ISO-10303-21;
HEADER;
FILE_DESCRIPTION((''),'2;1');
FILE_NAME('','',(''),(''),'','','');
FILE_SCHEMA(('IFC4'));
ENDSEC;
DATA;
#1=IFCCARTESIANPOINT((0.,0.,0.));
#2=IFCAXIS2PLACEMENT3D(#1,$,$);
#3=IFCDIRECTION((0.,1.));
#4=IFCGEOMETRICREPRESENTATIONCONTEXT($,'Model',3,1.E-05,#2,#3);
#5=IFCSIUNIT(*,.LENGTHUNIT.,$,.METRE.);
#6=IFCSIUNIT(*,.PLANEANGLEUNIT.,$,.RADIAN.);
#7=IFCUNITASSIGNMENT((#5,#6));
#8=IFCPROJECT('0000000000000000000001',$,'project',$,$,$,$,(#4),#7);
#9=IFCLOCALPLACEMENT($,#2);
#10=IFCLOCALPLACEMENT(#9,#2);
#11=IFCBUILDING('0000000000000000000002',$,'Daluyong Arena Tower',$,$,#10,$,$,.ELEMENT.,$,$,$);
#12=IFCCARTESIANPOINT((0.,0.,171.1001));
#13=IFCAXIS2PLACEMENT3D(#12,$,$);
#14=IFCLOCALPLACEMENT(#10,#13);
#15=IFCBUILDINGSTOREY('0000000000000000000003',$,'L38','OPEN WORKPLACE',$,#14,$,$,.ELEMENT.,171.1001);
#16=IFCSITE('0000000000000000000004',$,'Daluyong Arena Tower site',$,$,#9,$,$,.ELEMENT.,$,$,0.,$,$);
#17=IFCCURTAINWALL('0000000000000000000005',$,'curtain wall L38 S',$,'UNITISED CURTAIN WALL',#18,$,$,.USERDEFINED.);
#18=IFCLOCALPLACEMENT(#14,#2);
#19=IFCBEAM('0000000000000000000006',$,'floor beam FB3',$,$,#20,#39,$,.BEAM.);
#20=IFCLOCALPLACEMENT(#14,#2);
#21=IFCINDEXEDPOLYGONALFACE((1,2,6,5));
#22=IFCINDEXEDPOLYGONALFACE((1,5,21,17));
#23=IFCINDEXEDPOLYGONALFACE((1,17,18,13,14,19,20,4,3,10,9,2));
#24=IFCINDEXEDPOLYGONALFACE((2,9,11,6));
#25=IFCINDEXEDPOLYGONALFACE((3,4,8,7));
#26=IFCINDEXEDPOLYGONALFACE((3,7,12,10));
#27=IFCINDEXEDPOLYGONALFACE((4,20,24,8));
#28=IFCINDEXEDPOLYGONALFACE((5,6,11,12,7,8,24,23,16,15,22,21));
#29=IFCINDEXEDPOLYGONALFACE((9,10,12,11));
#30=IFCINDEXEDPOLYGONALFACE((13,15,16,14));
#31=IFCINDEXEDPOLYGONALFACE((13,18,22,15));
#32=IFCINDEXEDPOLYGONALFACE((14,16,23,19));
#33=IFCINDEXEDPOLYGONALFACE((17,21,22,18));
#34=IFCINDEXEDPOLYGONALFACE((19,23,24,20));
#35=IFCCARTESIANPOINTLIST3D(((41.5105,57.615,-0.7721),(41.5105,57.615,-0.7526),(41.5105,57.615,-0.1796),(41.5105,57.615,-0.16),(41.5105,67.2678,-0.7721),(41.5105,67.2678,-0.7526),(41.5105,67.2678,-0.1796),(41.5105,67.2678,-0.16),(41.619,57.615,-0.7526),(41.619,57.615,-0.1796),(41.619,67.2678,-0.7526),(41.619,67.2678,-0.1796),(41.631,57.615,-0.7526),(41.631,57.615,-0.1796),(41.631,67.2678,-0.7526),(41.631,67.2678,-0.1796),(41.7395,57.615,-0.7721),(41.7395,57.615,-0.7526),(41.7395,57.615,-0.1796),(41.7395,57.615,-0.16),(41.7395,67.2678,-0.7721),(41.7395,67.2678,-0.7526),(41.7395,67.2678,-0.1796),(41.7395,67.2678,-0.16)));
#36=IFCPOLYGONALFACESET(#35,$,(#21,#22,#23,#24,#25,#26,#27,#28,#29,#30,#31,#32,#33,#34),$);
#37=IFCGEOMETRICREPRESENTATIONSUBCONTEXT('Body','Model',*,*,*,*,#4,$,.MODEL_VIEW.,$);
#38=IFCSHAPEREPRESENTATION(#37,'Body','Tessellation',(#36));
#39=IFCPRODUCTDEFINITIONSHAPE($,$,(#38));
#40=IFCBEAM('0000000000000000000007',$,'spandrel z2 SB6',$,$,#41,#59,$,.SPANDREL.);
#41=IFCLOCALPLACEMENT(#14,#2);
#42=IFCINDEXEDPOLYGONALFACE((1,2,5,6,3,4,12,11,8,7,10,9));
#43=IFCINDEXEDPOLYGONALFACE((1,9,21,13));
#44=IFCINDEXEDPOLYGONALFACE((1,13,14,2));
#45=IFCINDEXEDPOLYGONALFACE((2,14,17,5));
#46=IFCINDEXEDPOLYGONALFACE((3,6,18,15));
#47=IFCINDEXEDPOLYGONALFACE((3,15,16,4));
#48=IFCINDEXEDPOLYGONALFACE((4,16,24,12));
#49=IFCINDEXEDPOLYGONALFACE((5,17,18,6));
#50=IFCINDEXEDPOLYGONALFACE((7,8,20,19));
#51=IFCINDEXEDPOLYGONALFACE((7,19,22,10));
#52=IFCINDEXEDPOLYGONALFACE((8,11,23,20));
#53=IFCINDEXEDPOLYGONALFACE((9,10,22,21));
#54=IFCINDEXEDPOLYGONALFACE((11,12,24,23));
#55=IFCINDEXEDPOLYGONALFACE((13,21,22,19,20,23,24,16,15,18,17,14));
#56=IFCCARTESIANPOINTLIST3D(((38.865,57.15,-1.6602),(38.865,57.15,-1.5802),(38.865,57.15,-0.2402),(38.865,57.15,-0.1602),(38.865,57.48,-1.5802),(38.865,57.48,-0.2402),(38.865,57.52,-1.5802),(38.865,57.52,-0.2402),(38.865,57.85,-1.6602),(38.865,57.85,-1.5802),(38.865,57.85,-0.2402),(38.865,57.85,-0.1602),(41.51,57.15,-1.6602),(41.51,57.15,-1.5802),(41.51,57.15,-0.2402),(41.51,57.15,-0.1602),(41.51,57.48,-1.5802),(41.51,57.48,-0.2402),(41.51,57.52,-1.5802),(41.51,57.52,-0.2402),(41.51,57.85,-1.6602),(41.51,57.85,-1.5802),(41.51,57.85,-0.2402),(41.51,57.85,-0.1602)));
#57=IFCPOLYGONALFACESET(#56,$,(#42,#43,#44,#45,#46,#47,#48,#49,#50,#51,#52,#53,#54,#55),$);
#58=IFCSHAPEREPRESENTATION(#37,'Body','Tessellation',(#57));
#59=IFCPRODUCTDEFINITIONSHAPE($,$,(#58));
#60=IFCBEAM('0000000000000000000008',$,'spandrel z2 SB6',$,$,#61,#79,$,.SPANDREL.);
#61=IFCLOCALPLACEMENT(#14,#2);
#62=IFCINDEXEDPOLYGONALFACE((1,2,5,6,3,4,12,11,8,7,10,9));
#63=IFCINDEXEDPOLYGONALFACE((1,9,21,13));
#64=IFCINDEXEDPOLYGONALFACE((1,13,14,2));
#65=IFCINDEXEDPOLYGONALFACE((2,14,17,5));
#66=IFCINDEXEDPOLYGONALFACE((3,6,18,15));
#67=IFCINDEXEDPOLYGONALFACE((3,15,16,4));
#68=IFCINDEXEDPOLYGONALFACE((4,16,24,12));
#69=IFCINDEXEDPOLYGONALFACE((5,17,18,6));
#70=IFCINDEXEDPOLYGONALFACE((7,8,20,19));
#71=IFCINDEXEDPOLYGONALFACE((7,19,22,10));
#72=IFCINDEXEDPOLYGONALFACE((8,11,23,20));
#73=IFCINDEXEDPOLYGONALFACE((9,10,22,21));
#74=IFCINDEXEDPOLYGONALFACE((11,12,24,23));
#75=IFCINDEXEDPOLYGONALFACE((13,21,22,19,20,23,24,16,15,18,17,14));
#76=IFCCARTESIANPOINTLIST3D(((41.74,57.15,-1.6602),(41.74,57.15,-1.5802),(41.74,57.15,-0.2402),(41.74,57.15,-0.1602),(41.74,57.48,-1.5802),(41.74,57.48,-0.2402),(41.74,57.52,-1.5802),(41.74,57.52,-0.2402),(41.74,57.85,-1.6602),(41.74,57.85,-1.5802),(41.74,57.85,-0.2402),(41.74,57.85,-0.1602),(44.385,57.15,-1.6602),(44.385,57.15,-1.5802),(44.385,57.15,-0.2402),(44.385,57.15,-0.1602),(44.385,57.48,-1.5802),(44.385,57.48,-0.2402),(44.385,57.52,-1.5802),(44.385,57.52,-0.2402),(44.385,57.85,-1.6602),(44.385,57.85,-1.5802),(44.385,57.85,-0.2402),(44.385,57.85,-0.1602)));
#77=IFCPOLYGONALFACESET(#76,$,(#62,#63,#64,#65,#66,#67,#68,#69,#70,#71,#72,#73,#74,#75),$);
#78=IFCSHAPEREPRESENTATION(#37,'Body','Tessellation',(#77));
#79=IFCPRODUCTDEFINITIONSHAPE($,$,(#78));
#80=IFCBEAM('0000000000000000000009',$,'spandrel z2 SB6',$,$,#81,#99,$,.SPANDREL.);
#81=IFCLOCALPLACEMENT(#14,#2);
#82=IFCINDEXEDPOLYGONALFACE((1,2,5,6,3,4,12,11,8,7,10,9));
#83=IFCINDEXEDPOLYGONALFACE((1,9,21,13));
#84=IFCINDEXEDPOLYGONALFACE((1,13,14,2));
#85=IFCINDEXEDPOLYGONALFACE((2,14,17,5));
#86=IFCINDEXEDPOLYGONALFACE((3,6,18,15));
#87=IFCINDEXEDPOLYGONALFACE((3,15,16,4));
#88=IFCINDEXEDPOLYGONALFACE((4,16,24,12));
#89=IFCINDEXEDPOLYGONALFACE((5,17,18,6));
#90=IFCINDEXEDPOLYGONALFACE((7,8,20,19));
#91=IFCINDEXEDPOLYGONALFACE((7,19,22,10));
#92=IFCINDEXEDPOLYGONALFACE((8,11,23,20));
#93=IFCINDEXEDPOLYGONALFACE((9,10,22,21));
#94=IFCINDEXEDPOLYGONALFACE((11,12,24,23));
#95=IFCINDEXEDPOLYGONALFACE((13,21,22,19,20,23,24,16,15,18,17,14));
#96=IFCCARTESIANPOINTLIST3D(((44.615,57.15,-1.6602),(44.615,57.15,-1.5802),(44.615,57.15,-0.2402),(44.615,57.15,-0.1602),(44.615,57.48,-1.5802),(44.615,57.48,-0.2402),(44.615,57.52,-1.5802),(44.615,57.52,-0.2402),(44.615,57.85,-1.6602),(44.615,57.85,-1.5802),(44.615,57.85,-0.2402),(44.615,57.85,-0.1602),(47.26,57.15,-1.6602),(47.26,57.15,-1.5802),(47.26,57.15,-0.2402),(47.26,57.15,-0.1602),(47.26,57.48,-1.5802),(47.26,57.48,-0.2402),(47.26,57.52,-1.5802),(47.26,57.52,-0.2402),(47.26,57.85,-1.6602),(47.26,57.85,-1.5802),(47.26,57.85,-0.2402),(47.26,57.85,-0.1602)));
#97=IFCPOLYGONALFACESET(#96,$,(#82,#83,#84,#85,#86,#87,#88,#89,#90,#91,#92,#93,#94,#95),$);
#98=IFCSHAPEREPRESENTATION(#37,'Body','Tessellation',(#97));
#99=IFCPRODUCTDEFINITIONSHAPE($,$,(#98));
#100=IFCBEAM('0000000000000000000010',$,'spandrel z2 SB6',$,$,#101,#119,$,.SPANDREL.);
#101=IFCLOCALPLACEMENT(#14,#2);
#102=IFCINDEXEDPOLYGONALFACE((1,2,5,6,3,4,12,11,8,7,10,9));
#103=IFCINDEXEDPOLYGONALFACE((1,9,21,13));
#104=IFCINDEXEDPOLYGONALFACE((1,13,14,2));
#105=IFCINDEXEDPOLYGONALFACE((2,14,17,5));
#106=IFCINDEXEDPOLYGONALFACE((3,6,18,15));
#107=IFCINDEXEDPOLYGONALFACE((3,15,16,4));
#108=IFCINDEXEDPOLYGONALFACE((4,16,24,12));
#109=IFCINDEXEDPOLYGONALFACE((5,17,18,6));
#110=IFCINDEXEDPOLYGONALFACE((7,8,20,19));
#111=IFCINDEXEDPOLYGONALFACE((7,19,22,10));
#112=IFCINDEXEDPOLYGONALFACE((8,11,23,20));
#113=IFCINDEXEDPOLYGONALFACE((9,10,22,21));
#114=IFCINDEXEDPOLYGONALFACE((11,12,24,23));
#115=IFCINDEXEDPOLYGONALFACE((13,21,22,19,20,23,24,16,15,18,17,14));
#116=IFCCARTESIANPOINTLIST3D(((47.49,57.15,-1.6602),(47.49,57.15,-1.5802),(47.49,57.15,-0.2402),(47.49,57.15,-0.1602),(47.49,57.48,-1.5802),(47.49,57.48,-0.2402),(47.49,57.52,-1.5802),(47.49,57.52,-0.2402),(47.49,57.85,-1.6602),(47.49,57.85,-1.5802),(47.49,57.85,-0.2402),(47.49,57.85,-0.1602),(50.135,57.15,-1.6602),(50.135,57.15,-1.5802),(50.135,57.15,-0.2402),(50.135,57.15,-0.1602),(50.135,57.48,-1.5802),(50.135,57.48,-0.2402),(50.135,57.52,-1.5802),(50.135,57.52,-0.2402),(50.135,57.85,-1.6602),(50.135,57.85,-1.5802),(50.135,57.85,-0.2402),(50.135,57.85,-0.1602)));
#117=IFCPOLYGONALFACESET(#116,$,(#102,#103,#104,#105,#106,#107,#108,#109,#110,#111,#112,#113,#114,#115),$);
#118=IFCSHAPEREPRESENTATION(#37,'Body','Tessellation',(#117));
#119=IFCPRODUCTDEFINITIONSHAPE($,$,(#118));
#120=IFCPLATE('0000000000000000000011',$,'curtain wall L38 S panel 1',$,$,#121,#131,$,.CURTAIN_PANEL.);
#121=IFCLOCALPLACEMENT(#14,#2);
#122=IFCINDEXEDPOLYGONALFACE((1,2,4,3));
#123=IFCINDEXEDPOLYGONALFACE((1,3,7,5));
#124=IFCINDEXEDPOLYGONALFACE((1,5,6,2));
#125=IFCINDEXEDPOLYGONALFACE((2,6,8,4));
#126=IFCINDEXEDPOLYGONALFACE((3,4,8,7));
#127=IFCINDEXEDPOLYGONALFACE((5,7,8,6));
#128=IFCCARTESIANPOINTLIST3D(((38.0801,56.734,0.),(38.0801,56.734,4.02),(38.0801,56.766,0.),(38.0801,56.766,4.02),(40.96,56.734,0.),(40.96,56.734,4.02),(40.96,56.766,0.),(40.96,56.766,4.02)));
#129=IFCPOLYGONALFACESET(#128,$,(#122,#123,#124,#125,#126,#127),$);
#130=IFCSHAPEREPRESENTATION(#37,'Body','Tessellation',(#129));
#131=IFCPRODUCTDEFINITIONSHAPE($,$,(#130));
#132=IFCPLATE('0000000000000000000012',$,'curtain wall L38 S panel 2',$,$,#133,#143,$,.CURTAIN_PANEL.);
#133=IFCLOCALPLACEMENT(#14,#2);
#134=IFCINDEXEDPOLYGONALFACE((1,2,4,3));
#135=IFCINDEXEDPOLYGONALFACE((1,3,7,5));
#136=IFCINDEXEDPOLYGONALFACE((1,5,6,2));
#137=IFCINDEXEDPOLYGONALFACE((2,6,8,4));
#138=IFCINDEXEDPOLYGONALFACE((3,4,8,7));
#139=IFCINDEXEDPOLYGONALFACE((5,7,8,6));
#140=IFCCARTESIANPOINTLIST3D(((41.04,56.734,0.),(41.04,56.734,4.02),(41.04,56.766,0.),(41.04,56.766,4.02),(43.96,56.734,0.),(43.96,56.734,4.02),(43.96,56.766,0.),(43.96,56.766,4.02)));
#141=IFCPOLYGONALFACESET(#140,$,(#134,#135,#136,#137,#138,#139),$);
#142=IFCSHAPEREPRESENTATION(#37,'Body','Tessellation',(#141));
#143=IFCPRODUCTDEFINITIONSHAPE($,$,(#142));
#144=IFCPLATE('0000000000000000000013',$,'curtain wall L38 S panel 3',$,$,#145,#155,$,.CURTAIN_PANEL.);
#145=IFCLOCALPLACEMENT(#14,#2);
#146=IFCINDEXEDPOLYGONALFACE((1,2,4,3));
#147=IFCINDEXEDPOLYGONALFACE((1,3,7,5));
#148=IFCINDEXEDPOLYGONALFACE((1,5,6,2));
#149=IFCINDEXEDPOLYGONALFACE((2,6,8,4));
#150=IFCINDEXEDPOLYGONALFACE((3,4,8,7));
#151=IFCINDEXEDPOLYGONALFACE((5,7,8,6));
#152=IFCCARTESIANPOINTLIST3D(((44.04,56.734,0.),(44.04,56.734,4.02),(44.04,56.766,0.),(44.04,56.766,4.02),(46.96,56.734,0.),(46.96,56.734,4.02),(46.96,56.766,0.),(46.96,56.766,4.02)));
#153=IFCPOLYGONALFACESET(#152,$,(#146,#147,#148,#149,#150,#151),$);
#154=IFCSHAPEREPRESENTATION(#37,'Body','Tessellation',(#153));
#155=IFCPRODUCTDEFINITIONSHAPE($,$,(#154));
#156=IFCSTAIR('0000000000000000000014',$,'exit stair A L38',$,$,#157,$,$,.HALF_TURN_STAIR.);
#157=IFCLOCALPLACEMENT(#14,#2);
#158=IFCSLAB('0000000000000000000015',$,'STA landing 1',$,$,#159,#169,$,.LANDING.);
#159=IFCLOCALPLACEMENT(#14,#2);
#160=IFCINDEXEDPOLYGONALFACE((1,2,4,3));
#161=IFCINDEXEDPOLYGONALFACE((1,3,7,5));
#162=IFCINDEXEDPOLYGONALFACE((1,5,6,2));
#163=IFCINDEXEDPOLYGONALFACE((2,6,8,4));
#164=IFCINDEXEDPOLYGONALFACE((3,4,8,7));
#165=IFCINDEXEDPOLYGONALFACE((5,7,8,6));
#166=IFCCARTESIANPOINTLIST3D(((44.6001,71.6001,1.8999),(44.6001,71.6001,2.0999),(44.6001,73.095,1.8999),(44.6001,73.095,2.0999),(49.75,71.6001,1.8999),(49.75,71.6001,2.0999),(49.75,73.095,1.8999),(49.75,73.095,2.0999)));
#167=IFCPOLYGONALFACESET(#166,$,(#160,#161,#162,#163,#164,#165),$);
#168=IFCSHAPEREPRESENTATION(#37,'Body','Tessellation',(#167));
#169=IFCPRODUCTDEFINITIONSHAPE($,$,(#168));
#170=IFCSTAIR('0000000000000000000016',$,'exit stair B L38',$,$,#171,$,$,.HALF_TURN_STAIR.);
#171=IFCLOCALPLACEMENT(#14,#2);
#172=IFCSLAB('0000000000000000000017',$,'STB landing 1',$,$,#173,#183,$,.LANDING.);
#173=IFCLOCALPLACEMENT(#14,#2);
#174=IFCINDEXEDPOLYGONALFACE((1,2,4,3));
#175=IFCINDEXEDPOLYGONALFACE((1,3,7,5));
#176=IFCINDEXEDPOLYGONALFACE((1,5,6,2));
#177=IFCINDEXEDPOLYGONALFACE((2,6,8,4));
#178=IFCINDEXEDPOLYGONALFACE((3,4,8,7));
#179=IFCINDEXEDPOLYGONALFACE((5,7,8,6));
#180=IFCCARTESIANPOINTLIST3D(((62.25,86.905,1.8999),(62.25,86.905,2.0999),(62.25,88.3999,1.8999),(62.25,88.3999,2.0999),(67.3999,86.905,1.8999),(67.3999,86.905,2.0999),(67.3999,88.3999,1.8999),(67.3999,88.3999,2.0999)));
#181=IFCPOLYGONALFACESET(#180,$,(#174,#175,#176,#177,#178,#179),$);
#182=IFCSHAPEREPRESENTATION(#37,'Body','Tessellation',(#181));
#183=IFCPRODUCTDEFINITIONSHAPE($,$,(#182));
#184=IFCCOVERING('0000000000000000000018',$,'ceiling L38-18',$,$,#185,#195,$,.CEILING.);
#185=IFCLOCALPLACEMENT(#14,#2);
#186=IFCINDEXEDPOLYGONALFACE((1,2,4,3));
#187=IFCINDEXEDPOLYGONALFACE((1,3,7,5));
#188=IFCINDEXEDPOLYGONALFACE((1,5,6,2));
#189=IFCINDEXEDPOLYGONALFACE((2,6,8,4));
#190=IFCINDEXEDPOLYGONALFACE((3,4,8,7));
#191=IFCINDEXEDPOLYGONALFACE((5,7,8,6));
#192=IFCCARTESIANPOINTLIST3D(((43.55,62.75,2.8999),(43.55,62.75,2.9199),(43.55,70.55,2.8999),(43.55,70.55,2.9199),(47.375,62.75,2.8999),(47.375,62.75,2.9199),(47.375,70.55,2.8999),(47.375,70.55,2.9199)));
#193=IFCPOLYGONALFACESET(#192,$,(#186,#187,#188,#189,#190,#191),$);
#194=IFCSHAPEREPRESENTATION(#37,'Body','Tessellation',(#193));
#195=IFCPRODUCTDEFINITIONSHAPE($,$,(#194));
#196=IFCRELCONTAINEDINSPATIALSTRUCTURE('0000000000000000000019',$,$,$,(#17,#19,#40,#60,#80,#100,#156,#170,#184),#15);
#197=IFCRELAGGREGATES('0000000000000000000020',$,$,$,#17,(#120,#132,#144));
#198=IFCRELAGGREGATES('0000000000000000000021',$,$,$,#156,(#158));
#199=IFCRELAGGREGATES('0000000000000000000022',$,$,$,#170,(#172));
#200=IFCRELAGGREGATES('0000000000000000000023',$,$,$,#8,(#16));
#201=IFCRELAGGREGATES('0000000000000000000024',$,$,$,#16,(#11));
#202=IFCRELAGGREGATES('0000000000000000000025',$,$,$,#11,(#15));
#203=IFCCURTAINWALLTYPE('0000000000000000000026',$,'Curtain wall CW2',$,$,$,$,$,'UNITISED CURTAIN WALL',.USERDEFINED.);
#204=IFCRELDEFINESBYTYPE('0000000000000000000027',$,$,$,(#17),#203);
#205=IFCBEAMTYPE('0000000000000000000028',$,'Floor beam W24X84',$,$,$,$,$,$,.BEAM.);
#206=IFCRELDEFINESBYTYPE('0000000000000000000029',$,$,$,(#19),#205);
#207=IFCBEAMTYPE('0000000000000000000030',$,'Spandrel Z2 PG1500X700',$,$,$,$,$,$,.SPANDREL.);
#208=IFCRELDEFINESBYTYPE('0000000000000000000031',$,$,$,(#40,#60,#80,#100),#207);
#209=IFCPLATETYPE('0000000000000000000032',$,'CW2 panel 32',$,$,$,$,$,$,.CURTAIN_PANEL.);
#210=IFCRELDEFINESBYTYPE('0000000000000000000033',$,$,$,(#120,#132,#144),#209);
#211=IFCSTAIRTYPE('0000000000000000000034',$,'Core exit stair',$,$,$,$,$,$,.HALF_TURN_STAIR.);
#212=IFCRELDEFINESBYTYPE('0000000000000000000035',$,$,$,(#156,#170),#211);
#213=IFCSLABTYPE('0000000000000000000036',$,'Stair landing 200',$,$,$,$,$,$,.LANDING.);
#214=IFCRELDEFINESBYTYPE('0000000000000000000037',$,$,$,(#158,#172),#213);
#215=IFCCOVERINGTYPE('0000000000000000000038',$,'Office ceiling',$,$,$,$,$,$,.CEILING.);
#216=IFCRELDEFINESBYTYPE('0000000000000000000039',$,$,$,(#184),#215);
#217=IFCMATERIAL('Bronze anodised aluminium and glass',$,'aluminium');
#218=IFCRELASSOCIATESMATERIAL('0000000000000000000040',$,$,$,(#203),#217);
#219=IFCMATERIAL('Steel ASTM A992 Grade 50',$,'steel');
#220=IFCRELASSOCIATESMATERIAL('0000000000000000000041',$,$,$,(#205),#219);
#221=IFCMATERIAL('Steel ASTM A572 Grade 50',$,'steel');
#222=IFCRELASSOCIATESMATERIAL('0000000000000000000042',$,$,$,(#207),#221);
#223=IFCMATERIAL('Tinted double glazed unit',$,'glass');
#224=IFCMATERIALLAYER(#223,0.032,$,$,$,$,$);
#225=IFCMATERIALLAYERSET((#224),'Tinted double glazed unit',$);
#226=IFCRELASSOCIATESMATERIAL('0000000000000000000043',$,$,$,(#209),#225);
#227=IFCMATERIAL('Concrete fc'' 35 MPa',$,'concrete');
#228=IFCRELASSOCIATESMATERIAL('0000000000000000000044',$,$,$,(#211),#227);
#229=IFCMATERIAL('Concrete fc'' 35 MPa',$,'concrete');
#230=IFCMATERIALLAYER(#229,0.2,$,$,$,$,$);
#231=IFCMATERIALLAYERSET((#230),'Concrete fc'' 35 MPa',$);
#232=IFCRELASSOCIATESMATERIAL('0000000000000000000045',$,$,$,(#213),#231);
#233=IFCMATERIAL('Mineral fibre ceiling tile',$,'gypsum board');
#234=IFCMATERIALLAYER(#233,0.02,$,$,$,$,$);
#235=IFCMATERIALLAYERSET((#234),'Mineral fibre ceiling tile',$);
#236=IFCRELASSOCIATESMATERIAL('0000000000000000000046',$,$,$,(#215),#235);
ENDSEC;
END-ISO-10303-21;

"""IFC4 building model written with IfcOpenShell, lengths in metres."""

from ifc_helpers import new_model, si_unit, direction, frame, origin, origin_2d, place, context, subcontext, project, spatial, polyline, rectangle, i_section, outline, extrude, material, layer, layer_set, material_profile, profile_set, type_object, element, aggregate, save


model = new_model("IFC4")

# Units and contexts
model_context = context("Model", 3, precision=1e-05, world=origin(), true_north=direction((0.0, 1.0)))
body_context = subcontext(model_context, "Body", "Model", "MODEL_VIEW")
ifc_project = project(units=[si_unit("LENGTHUNIT", "METRE"), si_unit("PLANEANGLEUNIT", "RADIAN")], contexts=[model_context])

# Site, building, storey
site_placement = place(None, origin())
site = spatial("IfcSite", under=ifc_project, at=site_placement, Name="Daluyong Arena Tower site", CompositionType="ELEMENT", RefElevation=0.0)
building_placement = place(site_placement, origin())
building = spatial("IfcBuilding", under=site, at=building_placement, Name="Daluyong Arena Tower", CompositionType="ELEMENT")
storey_placement = place(building_placement, frame((0.0, 0.0, 171.1001)))
storey = spatial("IfcBuildingStorey", under=building, at=storey_placement, Name="L38", Description="OPEN WORKPLACE", CompositionType="ELEMENT", Elevation=171.1001)

# Curtain wall
ifc_material_1 = material(Name="Bronze anodised aluminium and glass", Category="aluminium")
curtain_wall_type_1 = type_object("IfcCurtainWallType", Name="Curtain wall CW2", ElementType="UNITISED CURTAIN WALL", PredefinedType="USERDEFINED", material=ifc_material_1)
curtain_wall_1_placement = place(storey_placement, origin())
curtain_wall_1 = element("IfcCurtainWall", 1, at=curtain_wall_1_placement, inside=storey, type_object=curtain_wall_type_1, Name="curtain wall L38 S", ObjectType="UNITISED CURTAIN WALL", PredefinedType="USERDEFINED")

# Beams
ifc_material_2 = material(Name="Steel ASTM A992 Grade 50", Category="steel")
ifc_material_profile_1 = material_profile(ifc_material_2, i_section(OverallWidth=0.229, OverallDepth=0.6121, WebThickness=0.012, FlangeThickness=0.0195, at=origin_2d()))
ifc_profile_set_1 = profile_set([ifc_material_profile_1], Name="Steel ASTM A992 Grade 50")
beam_type_1 = type_object("IfcBeamType", Name="Floor beam W24X84", PredefinedType="BEAM", material=ifc_profile_set_1)
beam_placement = place(storey_placement, frame((41.625, 57.615, -0.4661), z_axis=(0.0, 1.0, 0.0), x_axis=(-1.0, 0.0, 0.0)))
element("IfcBeam", 2, at=beam_placement, inside=storey, type_object=beam_type_1, Name="floor beam FB3", PredefinedType="BEAM", context=body_context, shape_type="SweptSolid", body=[
    extrude(i_section(OverallWidth=0.229, OverallDepth=0.6121, WebThickness=0.012, FlangeThickness=0.0195, at=origin_2d()), origin(), (0.0, 0.0, 1.0), 9.6528),
])
ifc_material_3 = material(Name="Steel ASTM A572 Grade 50", Category="steel")
ifc_material_profile_2 = material_profile(ifc_material_3, i_section(OverallWidth=0.7, OverallDepth=1.5, WebThickness=0.04, FlangeThickness=0.08, at=origin_2d()))
ifc_profile_set_2 = profile_set([ifc_material_profile_2], Name="Steel ASTM A572 Grade 50")
beam_type_2 = type_object("IfcBeamType", Name="Spandrel Z2 PG1500X700", PredefinedType="SPANDREL", material=ifc_profile_set_2)
for number, where, z_axis, x_axis, name in (
    (3, (38.865, 57.5, -0.9102), (1.0, 0.0, 0.0), (0.0, 1.0, 0.0), "spandrel z2 SB6"),
    (4, (41.74, 57.5, -0.9102), (1.0, 0.0, 0.0), (0.0, 1.0, 0.0), "spandrel z2 SB6"),
    (5, (44.615, 57.5, -0.9102), (1.0, 0.0, 0.0), (0.0, 1.0, 0.0), "spandrel z2 SB6"),
    (6, (47.49, 57.5, -0.9102), (1.0, 0.0, 0.0), (0.0, 1.0, 0.0), "spandrel z2 SB6"),
):
    element("IfcBeam", number, at=place(storey_placement, frame(where, z_axis=z_axis, x_axis=x_axis)), inside=storey, type_object=beam_type_2, Name=name, PredefinedType="SPANDREL", context=body_context, shape_type="SweptSolid", body=[
        extrude(i_section(OverallWidth=0.7, OverallDepth=1.5, WebThickness=0.04, FlangeThickness=0.08, at=origin_2d()), origin(), (0.0, 0.0, 1.0), 2.645),
    ])

# Plates
ifc_material_4 = material(Name="Tinted double glazed unit", Category="glass")
ifc_layer_1 = layer(ifc_material_4, 0.032)
ifc_layer_set_1 = layer_set([ifc_layer_1], Name="Tinted double glazed unit")
plate_type = type_object("IfcPlateType", Name="CW2 panel 32", PredefinedType="CURTAIN_PANEL", material=ifc_layer_set_1)
plate_1_placement = place(storey_placement, frame((39.52, 56.75, 0.0), z_axis=(0.0, 0.0, 1.0), x_axis=(1.0, 0.0, 0.0)))
plate_1 = element("IfcPlate", 7, at=plate_1_placement, type_object=plate_type, Name="curtain wall L38 S panel 1", PredefinedType="CURTAIN_PANEL", context=body_context, shape_type="SweptSolid", body=[
    extrude(rectangle(XDim=2.8799, YDim=0.032, at=origin_2d()), origin(), (0.0, 0.0, 1.0), 4.02),
])
plate_2_placement = place(storey_placement, frame((42.5, 56.75, 0.0), z_axis=(0.0, 0.0, 1.0), x_axis=(1.0, 0.0, 0.0)))
plate_2 = element("IfcPlate", 8, at=plate_2_placement, type_object=plate_type, Name="curtain wall L38 S panel 2", PredefinedType="CURTAIN_PANEL", context=body_context, shape_type="SweptSolid", body=[
    extrude(rectangle(XDim=2.9199, YDim=0.032, at=origin_2d()), origin(), (0.0, 0.0, 1.0), 4.02),
])
plate_3_placement = place(storey_placement, frame((45.5, 56.75, 0.0), z_axis=(0.0, 0.0, 1.0), x_axis=(1.0, 0.0, 0.0)))
plate_3 = element("IfcPlate", 9, at=plate_3_placement, type_object=plate_type, Name="curtain wall L38 S panel 3", PredefinedType="CURTAIN_PANEL", context=body_context, shape_type="SweptSolid", body=[
    extrude(rectangle(XDim=2.9199, YDim=0.032, at=origin_2d()), origin(), (0.0, 0.0, 1.0), 4.02),
])
aggregate(curtain_wall_1, [plate_1, plate_2, plate_3])

# Stairs, slabs
ifc_material_5 = material(Name="Concrete fc' 35 MPa", Category="concrete")
stair_type = type_object("IfcStairType", Name="Core exit stair", PredefinedType="HALF_TURN_STAIR", material=ifc_material_5)
stair_1_placement = place(storey_placement, origin())
stair_1 = element("IfcStair", 10, at=stair_1_placement, inside=storey, type_object=stair_type, Name="exit stair A L38", PredefinedType="HALF_TURN_STAIR")
ifc_material_6 = material(Name="Concrete fc' 35 MPa", Category="concrete")
ifc_layer_2 = layer(ifc_material_6, 0.2)
ifc_layer_set_2 = layer_set([ifc_layer_2], Name="Concrete fc' 35 MPa")
slab_type = type_object("IfcSlabType", Name="Stair landing 200", PredefinedType="LANDING", material=ifc_layer_set_2)
slab_1_placement = place(storey_placement, frame((0.0, 0.0, 1.8999)))
slab_1 = element("IfcSlab", 11, at=slab_1_placement, type_object=slab_type, Name="STA landing 1", PredefinedType="LANDING", context=body_context, shape_type="SweptSolid", body=[
    extrude(outline(polyline([(44.6001, 71.6001), (49.75, 71.6001), (49.75, 73.095), (44.6001, 73.095), (44.6001, 71.6001)])), origin(), (0.0, 0.0, 1.0), 0.2),
])
aggregate(stair_1, [slab_1])
stair_2_placement = place(storey_placement, origin())
stair_2 = element("IfcStair", 12, at=stair_2_placement, inside=storey, type_object=stair_type, Name="exit stair B L38", PredefinedType="HALF_TURN_STAIR")
slab_2_placement = place(storey_placement, frame((0.0, 0.0, 1.8999)))
slab_2 = element("IfcSlab", 13, at=slab_2_placement, type_object=slab_type, Name="STB landing 1", PredefinedType="LANDING", context=body_context, shape_type="SweptSolid", body=[
    extrude(outline(polyline([(62.25, 86.905), (67.3999, 86.905), (67.3999, 88.3999), (62.25, 88.3999), (62.25, 86.905)])), origin(), (0.0, 0.0, 1.0), 0.2),
])
aggregate(stair_2, [slab_2])

# Covering
ifc_material_7 = material(Name="Mineral fibre ceiling tile", Category="gypsum board")
ifc_layer_3 = layer(ifc_material_7, 0.02)
ifc_layer_set_3 = layer_set([ifc_layer_3], Name="Mineral fibre ceiling tile")
covering_type = type_object("IfcCoveringType", Name="Office ceiling", PredefinedType="CEILING", material=ifc_layer_set_3)
covering_1_placement = place(storey_placement, frame((0.0, 0.0, 2.8999)))
element("IfcCovering", 14, at=covering_1_placement, inside=storey, type_object=covering_type, Name="ceiling L38-18", PredefinedType="CEILING", context=body_context, shape_type="SweptSolid", body=[
    extrude(outline(polyline([(47.375, 70.55), (43.55, 70.55), (43.55, 62.75), (47.375, 62.75), (47.375, 70.55)])), origin(), (0.0, 0.0, 1.0), 0.02),
])

save(model, "model.ifc")
